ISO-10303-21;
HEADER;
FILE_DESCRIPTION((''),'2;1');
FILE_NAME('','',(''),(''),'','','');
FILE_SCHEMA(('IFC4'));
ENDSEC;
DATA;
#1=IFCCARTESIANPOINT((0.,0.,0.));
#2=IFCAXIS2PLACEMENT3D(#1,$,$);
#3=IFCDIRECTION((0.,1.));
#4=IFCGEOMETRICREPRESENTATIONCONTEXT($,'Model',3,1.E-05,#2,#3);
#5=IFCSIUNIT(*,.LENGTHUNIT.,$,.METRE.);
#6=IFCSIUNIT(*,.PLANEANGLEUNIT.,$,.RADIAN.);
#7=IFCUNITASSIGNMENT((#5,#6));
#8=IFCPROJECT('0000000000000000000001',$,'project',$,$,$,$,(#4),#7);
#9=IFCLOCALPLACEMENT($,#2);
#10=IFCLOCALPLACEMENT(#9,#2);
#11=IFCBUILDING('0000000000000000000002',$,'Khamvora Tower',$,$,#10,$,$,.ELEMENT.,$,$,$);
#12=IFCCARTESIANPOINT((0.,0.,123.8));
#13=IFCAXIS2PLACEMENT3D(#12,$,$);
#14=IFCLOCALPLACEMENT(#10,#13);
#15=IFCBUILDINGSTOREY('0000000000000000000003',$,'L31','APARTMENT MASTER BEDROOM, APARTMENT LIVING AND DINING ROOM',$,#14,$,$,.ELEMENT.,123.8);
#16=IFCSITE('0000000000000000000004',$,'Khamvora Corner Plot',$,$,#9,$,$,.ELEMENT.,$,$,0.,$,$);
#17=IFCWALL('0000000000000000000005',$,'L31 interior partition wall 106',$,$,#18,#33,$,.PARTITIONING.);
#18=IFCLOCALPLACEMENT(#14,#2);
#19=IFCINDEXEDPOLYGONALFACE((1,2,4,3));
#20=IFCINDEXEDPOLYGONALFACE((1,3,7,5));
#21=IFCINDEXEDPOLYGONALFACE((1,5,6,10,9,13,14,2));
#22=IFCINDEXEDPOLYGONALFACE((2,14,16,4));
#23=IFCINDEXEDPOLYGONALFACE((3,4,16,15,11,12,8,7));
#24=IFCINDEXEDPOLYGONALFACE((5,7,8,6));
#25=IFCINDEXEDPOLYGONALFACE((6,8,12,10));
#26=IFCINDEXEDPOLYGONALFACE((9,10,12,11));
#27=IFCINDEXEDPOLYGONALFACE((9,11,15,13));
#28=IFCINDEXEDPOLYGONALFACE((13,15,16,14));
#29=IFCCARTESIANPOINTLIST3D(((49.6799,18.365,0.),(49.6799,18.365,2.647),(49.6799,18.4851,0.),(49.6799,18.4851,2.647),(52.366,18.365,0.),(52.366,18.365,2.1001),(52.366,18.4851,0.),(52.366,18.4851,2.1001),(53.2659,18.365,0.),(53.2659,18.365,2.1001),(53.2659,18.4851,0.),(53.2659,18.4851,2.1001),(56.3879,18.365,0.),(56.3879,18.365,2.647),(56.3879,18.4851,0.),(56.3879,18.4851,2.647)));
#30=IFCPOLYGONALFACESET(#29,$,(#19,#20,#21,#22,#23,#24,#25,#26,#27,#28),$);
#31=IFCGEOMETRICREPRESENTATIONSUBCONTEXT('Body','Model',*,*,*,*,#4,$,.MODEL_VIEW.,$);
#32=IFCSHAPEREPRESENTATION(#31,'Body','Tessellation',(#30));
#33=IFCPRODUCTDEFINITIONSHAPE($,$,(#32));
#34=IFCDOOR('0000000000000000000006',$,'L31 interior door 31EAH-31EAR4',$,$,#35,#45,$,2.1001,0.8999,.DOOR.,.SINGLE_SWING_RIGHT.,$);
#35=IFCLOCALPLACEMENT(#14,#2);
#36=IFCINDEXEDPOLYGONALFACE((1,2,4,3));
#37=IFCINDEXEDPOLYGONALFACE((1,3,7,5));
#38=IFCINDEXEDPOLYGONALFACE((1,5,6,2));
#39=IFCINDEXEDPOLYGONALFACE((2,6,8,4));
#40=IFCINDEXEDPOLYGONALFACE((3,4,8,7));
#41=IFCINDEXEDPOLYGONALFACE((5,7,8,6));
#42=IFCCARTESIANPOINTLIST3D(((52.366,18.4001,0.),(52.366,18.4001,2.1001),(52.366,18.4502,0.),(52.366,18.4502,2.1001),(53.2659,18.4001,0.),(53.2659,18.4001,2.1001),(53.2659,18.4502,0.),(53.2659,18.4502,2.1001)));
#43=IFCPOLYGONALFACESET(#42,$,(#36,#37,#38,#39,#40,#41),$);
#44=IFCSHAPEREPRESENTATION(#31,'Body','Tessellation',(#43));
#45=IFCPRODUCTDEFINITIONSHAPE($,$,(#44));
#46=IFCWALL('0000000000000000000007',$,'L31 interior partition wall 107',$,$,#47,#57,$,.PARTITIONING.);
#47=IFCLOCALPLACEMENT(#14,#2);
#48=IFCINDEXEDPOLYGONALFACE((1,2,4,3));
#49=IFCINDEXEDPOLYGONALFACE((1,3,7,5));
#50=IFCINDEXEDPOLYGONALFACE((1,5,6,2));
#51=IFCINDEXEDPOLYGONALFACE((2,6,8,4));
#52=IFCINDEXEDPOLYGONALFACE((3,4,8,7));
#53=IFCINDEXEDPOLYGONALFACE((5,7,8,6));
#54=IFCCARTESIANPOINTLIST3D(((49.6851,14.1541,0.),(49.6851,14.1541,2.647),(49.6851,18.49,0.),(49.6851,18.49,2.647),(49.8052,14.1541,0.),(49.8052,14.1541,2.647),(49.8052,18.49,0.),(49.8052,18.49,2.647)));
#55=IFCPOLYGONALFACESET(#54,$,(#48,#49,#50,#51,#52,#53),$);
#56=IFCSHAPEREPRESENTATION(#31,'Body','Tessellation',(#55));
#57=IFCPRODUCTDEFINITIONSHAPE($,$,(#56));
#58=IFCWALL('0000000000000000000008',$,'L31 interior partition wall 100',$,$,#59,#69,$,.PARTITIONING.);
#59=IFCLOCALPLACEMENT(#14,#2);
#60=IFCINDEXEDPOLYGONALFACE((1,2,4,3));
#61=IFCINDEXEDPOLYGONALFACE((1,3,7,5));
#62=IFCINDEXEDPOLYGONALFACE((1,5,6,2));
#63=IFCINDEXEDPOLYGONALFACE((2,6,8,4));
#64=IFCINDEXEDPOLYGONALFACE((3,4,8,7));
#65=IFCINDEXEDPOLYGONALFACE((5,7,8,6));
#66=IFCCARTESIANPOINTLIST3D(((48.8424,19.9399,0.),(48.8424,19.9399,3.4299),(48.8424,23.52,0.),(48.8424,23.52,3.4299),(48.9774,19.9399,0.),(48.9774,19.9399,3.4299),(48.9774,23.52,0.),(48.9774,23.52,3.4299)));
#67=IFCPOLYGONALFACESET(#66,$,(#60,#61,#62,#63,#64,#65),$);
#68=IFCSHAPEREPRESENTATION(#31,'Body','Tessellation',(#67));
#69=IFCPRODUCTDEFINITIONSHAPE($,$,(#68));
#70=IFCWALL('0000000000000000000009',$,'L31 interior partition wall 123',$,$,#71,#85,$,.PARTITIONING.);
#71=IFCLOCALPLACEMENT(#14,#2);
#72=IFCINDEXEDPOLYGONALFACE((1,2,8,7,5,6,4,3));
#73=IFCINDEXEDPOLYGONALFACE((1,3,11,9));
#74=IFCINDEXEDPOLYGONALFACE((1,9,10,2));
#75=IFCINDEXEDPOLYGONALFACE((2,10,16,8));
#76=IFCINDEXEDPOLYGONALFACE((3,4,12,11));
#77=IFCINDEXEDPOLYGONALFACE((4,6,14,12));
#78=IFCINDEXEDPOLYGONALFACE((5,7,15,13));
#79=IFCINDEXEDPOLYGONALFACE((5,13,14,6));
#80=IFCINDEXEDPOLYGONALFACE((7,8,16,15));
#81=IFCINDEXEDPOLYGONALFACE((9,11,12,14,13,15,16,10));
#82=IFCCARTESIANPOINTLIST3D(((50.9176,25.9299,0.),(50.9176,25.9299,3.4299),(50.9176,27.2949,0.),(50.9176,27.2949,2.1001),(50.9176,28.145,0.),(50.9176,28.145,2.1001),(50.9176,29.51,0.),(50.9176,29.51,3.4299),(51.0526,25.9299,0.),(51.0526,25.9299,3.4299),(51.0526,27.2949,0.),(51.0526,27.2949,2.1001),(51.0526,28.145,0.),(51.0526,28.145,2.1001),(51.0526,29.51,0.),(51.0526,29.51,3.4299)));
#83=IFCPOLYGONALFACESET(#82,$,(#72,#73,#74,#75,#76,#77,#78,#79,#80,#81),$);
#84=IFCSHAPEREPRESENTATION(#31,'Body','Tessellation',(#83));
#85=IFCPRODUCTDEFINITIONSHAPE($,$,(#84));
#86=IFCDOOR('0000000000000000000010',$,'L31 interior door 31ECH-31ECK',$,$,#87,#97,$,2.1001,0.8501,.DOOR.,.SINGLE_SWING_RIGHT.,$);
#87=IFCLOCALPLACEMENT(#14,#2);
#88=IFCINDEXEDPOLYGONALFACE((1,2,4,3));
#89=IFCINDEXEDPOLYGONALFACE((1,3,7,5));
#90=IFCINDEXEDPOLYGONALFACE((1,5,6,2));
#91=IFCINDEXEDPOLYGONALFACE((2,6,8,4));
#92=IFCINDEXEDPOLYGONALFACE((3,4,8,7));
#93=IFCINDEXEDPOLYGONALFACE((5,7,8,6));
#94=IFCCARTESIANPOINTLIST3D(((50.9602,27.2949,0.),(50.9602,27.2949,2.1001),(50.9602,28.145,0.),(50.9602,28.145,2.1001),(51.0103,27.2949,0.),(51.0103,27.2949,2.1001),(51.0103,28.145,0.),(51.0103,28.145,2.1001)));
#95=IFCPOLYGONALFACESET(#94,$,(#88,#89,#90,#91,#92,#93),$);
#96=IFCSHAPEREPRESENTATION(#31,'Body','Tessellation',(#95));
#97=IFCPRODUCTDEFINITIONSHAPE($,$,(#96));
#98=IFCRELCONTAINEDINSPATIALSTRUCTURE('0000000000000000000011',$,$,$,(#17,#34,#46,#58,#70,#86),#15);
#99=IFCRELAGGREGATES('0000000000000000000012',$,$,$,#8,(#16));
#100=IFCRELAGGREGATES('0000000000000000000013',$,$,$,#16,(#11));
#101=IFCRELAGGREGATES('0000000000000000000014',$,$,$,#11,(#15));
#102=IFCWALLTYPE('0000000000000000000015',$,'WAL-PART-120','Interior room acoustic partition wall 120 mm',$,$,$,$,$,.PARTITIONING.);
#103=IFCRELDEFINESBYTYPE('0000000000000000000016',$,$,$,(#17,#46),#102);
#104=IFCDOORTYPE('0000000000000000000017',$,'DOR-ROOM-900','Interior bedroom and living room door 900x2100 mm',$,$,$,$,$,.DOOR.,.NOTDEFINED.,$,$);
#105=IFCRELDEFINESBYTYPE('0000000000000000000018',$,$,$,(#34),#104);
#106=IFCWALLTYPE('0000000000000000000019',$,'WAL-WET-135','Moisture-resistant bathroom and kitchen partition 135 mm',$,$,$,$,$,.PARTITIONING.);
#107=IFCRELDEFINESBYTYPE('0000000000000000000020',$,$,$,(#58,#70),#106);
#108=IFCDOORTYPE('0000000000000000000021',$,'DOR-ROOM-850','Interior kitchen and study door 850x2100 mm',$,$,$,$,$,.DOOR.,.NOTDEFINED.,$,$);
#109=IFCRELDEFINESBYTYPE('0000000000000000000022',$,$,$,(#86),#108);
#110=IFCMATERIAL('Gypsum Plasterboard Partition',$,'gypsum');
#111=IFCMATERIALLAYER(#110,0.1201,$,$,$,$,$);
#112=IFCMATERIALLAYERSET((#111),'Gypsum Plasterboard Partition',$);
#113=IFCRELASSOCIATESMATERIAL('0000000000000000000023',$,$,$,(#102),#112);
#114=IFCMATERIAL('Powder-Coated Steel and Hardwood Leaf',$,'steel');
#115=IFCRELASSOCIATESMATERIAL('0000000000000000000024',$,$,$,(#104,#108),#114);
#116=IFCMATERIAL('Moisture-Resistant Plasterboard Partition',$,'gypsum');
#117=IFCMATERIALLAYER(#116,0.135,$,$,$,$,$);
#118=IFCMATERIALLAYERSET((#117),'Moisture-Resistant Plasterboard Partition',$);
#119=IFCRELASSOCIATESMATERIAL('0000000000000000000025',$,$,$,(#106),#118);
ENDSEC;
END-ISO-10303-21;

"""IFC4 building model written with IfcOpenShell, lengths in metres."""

from ifc_helpers import new_model, si_unit, direction, frame, frame_2d, origin, place, context, subcontext, project, spatial, rectangle, extrude, material, layer, layer_set, type_object, element, fill, save


model = new_model("IFC4")

# Units and contexts
model_context = context("Model", 3, precision=1e-05, world=origin(), true_north=direction((0.0, 1.0)))
body_context = subcontext(model_context, "Body", "Model", "MODEL_VIEW")
ifc_project = project(units=[si_unit("LENGTHUNIT", "METRE"), si_unit("PLANEANGLEUNIT", "RADIAN")], contexts=[model_context])

# Site, building, storey
site_placement = place(None, origin())
site = spatial("IfcSite", under=ifc_project, at=site_placement, Name="Khamvora Corner Plot", CompositionType="ELEMENT", RefElevation=0.0)
building_placement = place(site_placement, origin())
building = spatial("IfcBuilding", under=site, at=building_placement, Name="Khamvora Tower", CompositionType="ELEMENT")
storey_placement = place(building_placement, frame((0.0, 0.0, 123.8)))
storey = spatial("IfcBuildingStorey", under=building, at=storey_placement, Name="L31", Description="APARTMENT MASTER BEDROOM, APARTMENT LIVING AND DINING ROOM", CompositionType="ELEMENT", Elevation=123.8)

# Shared definitions
ifc_material_1 = material(Name="Powder-Coated Steel and Hardwood Leaf", Category="steel")

# Wall, opening, door
ifc_material_2 = material(Name="Gypsum Plasterboard Partition", Category="gypsum")
ifc_layer_1 = layer(ifc_material_2, 0.1201)
ifc_layer_set_1 = layer_set([ifc_layer_1], Name="Gypsum Plasterboard Partition")
wall_type_1 = type_object("IfcWallType", Name="WAL-PART-120", Description="Interior room acoustic partition wall 120 mm", PredefinedType="PARTITIONING", material=ifc_layer_set_1)
wall_1_placement = place(storey_placement, frame((56.3879, 18.425, 0.0), z_axis=(0.0, 0.0, 1.0), x_axis=(-1.0, 0.0, 0.0)))
wall_1 = element("IfcWall", 1, at=wall_1_placement, inside=storey, type_object=wall_type_1, Name="L31 interior partition wall 106", PredefinedType="PARTITIONING", context=body_context, shape_type="SweptSolid", body=[
    extrude(rectangle(XDim=6.708, YDim=0.1201, at=frame_2d((3.354, 0.0))), origin(), (0.0, 0.0, 1.0), 2.647),
])
opening_1_placement = place(wall_1_placement, frame((3.1221, 0.0, 0.0)))
opening_1 = element("IfcOpeningElement", 2, at=opening_1_placement, cuts=wall_1, PredefinedType="OPENING", context=body_context, shape_type="SweptSolid", body=[
    extrude(rectangle(XDim=0.8999, YDim=2.1001, at=frame_2d((0.45, 1.05))), frame((0.0, 0.0701, 0.0), z_axis=(0.0, -1.0, 0.0), x_axis=(1.0, 0.0, 0.0)), (0.0, 0.0, 1.0), 0.1401),
])
door_type_1 = type_object("IfcDoorType", Name="DOR-ROOM-900", Description="Interior bedroom and living room door 900x2100 mm", OperationType="NOTDEFINED", PredefinedType="DOOR", material=ifc_material_1)
door_1_placement = place(opening_1_placement, origin())
door_1 = element("IfcDoor", 3, at=door_1_placement, inside=storey, type_object=door_type_1, Name="L31 interior door 31EAH-31EAR4", OperationType="SINGLE_SWING_RIGHT", OverallHeight=2.1001, OverallWidth=0.8999, PredefinedType="DOOR", context=body_context, shape_type="SweptSolid", body=[
    extrude(rectangle(XDim=0.8999, YDim=2.1001, at=frame_2d((0.45, 1.05))), frame((0.0, 0.0249, 0.0), z_axis=(0.0, -1.0, 0.0), x_axis=(1.0, 0.0, 0.0)), (0.0, 0.0, 1.0), 0.05),
])
fill(opening_1, door_1)

# Walls
wall_2_placement = place(storey_placement, frame((49.7451, 18.49, 0.0), z_axis=(0.0, 0.0, 1.0), x_axis=(0.0, -1.0, 0.0)))
element("IfcWall", 4, at=wall_2_placement, inside=storey, type_object=wall_type_1, Name="L31 interior partition wall 107", PredefinedType="PARTITIONING", context=body_context, shape_type="SweptSolid", body=[
    extrude(rectangle(XDim=4.3359, YDim=0.1201, at=frame_2d((2.168, 0.0))), origin(), (0.0, 0.0, 1.0), 2.647),
])
ifc_material_3 = material(Name="Moisture-Resistant Plasterboard Partition", Category="gypsum")
ifc_layer_2 = layer(ifc_material_3, 0.135)
ifc_layer_set_2 = layer_set([ifc_layer_2], Name="Moisture-Resistant Plasterboard Partition")
wall_type_2 = type_object("IfcWallType", Name="WAL-WET-135", Description="Moisture-resistant bathroom and kitchen partition 135 mm", PredefinedType="PARTITIONING", material=ifc_layer_set_2)
wall_3_placement = place(storey_placement, frame((48.9099, 23.52, 0.0), z_axis=(0.0, 0.0, 1.0), x_axis=(0.0, -1.0, 0.0)))
element("IfcWall", 5, at=wall_3_placement, inside=storey, type_object=wall_type_2, Name="L31 interior partition wall 100", PredefinedType="PARTITIONING", context=body_context, shape_type="SweptSolid", body=[
    extrude(rectangle(XDim=3.5801, YDim=0.135, at=frame_2d((1.79, 0.0))), origin(), (0.0, 0.0, 1.0), 3.4299),
])

# Wall, opening, door
wall_4_placement = place(storey_placement, frame((50.9851, 25.9299, 0.0), z_axis=(0.0, 0.0, 1.0), x_axis=(0.0, 1.0, 0.0)))
wall_4 = element("IfcWall", 6, at=wall_4_placement, inside=storey, type_object=wall_type_2, Name="L31 interior partition wall 123", PredefinedType="PARTITIONING", context=body_context, shape_type="SweptSolid", body=[
    extrude(rectangle(XDim=3.5801, YDim=0.135, at=frame_2d((1.79, 0.0))), origin(), (0.0, 0.0, 1.0), 3.4299),
])
opening_2_placement = place(wall_4_placement, frame((1.365, 0.0, 0.0)))
opening_2 = element("IfcOpeningElement", 7, at=opening_2_placement, cuts=wall_4, PredefinedType="OPENING", context=body_context, shape_type="SweptSolid", body=[
    extrude(rectangle(XDim=0.8501, YDim=2.1001, at=frame_2d((0.425, 1.05))), frame((0.0, 0.0774, 0.0), z_axis=(0.0, -1.0, 0.0), x_axis=(1.0, 0.0, 0.0)), (0.0, 0.0, 1.0), 0.155),
])
door_type_2 = type_object("IfcDoorType", Name="DOR-ROOM-850", Description="Interior kitchen and study door 850x2100 mm", OperationType="NOTDEFINED", PredefinedType="DOOR", material=ifc_material_1)
door_2_placement = place(opening_2_placement, origin())
door_2 = element("IfcDoor", 8, at=door_2_placement, inside=storey, type_object=door_type_2, Name="L31 interior door 31ECH-31ECK", OperationType="SINGLE_SWING_RIGHT", OverallHeight=2.1001, OverallWidth=0.8501, PredefinedType="DOOR", context=body_context, shape_type="SweptSolid", body=[
    extrude(rectangle(XDim=0.8501, YDim=2.1001, at=frame_2d((0.425, 1.05))), frame((0.0, 0.0249, 0.0), z_axis=(0.0, -1.0, 0.0), x_axis=(1.0, 0.0, 0.0)), (0.0, 0.0, 1.0), 0.05),
])
fill(opening_2, door_2)

save(model, "model.ifc")
